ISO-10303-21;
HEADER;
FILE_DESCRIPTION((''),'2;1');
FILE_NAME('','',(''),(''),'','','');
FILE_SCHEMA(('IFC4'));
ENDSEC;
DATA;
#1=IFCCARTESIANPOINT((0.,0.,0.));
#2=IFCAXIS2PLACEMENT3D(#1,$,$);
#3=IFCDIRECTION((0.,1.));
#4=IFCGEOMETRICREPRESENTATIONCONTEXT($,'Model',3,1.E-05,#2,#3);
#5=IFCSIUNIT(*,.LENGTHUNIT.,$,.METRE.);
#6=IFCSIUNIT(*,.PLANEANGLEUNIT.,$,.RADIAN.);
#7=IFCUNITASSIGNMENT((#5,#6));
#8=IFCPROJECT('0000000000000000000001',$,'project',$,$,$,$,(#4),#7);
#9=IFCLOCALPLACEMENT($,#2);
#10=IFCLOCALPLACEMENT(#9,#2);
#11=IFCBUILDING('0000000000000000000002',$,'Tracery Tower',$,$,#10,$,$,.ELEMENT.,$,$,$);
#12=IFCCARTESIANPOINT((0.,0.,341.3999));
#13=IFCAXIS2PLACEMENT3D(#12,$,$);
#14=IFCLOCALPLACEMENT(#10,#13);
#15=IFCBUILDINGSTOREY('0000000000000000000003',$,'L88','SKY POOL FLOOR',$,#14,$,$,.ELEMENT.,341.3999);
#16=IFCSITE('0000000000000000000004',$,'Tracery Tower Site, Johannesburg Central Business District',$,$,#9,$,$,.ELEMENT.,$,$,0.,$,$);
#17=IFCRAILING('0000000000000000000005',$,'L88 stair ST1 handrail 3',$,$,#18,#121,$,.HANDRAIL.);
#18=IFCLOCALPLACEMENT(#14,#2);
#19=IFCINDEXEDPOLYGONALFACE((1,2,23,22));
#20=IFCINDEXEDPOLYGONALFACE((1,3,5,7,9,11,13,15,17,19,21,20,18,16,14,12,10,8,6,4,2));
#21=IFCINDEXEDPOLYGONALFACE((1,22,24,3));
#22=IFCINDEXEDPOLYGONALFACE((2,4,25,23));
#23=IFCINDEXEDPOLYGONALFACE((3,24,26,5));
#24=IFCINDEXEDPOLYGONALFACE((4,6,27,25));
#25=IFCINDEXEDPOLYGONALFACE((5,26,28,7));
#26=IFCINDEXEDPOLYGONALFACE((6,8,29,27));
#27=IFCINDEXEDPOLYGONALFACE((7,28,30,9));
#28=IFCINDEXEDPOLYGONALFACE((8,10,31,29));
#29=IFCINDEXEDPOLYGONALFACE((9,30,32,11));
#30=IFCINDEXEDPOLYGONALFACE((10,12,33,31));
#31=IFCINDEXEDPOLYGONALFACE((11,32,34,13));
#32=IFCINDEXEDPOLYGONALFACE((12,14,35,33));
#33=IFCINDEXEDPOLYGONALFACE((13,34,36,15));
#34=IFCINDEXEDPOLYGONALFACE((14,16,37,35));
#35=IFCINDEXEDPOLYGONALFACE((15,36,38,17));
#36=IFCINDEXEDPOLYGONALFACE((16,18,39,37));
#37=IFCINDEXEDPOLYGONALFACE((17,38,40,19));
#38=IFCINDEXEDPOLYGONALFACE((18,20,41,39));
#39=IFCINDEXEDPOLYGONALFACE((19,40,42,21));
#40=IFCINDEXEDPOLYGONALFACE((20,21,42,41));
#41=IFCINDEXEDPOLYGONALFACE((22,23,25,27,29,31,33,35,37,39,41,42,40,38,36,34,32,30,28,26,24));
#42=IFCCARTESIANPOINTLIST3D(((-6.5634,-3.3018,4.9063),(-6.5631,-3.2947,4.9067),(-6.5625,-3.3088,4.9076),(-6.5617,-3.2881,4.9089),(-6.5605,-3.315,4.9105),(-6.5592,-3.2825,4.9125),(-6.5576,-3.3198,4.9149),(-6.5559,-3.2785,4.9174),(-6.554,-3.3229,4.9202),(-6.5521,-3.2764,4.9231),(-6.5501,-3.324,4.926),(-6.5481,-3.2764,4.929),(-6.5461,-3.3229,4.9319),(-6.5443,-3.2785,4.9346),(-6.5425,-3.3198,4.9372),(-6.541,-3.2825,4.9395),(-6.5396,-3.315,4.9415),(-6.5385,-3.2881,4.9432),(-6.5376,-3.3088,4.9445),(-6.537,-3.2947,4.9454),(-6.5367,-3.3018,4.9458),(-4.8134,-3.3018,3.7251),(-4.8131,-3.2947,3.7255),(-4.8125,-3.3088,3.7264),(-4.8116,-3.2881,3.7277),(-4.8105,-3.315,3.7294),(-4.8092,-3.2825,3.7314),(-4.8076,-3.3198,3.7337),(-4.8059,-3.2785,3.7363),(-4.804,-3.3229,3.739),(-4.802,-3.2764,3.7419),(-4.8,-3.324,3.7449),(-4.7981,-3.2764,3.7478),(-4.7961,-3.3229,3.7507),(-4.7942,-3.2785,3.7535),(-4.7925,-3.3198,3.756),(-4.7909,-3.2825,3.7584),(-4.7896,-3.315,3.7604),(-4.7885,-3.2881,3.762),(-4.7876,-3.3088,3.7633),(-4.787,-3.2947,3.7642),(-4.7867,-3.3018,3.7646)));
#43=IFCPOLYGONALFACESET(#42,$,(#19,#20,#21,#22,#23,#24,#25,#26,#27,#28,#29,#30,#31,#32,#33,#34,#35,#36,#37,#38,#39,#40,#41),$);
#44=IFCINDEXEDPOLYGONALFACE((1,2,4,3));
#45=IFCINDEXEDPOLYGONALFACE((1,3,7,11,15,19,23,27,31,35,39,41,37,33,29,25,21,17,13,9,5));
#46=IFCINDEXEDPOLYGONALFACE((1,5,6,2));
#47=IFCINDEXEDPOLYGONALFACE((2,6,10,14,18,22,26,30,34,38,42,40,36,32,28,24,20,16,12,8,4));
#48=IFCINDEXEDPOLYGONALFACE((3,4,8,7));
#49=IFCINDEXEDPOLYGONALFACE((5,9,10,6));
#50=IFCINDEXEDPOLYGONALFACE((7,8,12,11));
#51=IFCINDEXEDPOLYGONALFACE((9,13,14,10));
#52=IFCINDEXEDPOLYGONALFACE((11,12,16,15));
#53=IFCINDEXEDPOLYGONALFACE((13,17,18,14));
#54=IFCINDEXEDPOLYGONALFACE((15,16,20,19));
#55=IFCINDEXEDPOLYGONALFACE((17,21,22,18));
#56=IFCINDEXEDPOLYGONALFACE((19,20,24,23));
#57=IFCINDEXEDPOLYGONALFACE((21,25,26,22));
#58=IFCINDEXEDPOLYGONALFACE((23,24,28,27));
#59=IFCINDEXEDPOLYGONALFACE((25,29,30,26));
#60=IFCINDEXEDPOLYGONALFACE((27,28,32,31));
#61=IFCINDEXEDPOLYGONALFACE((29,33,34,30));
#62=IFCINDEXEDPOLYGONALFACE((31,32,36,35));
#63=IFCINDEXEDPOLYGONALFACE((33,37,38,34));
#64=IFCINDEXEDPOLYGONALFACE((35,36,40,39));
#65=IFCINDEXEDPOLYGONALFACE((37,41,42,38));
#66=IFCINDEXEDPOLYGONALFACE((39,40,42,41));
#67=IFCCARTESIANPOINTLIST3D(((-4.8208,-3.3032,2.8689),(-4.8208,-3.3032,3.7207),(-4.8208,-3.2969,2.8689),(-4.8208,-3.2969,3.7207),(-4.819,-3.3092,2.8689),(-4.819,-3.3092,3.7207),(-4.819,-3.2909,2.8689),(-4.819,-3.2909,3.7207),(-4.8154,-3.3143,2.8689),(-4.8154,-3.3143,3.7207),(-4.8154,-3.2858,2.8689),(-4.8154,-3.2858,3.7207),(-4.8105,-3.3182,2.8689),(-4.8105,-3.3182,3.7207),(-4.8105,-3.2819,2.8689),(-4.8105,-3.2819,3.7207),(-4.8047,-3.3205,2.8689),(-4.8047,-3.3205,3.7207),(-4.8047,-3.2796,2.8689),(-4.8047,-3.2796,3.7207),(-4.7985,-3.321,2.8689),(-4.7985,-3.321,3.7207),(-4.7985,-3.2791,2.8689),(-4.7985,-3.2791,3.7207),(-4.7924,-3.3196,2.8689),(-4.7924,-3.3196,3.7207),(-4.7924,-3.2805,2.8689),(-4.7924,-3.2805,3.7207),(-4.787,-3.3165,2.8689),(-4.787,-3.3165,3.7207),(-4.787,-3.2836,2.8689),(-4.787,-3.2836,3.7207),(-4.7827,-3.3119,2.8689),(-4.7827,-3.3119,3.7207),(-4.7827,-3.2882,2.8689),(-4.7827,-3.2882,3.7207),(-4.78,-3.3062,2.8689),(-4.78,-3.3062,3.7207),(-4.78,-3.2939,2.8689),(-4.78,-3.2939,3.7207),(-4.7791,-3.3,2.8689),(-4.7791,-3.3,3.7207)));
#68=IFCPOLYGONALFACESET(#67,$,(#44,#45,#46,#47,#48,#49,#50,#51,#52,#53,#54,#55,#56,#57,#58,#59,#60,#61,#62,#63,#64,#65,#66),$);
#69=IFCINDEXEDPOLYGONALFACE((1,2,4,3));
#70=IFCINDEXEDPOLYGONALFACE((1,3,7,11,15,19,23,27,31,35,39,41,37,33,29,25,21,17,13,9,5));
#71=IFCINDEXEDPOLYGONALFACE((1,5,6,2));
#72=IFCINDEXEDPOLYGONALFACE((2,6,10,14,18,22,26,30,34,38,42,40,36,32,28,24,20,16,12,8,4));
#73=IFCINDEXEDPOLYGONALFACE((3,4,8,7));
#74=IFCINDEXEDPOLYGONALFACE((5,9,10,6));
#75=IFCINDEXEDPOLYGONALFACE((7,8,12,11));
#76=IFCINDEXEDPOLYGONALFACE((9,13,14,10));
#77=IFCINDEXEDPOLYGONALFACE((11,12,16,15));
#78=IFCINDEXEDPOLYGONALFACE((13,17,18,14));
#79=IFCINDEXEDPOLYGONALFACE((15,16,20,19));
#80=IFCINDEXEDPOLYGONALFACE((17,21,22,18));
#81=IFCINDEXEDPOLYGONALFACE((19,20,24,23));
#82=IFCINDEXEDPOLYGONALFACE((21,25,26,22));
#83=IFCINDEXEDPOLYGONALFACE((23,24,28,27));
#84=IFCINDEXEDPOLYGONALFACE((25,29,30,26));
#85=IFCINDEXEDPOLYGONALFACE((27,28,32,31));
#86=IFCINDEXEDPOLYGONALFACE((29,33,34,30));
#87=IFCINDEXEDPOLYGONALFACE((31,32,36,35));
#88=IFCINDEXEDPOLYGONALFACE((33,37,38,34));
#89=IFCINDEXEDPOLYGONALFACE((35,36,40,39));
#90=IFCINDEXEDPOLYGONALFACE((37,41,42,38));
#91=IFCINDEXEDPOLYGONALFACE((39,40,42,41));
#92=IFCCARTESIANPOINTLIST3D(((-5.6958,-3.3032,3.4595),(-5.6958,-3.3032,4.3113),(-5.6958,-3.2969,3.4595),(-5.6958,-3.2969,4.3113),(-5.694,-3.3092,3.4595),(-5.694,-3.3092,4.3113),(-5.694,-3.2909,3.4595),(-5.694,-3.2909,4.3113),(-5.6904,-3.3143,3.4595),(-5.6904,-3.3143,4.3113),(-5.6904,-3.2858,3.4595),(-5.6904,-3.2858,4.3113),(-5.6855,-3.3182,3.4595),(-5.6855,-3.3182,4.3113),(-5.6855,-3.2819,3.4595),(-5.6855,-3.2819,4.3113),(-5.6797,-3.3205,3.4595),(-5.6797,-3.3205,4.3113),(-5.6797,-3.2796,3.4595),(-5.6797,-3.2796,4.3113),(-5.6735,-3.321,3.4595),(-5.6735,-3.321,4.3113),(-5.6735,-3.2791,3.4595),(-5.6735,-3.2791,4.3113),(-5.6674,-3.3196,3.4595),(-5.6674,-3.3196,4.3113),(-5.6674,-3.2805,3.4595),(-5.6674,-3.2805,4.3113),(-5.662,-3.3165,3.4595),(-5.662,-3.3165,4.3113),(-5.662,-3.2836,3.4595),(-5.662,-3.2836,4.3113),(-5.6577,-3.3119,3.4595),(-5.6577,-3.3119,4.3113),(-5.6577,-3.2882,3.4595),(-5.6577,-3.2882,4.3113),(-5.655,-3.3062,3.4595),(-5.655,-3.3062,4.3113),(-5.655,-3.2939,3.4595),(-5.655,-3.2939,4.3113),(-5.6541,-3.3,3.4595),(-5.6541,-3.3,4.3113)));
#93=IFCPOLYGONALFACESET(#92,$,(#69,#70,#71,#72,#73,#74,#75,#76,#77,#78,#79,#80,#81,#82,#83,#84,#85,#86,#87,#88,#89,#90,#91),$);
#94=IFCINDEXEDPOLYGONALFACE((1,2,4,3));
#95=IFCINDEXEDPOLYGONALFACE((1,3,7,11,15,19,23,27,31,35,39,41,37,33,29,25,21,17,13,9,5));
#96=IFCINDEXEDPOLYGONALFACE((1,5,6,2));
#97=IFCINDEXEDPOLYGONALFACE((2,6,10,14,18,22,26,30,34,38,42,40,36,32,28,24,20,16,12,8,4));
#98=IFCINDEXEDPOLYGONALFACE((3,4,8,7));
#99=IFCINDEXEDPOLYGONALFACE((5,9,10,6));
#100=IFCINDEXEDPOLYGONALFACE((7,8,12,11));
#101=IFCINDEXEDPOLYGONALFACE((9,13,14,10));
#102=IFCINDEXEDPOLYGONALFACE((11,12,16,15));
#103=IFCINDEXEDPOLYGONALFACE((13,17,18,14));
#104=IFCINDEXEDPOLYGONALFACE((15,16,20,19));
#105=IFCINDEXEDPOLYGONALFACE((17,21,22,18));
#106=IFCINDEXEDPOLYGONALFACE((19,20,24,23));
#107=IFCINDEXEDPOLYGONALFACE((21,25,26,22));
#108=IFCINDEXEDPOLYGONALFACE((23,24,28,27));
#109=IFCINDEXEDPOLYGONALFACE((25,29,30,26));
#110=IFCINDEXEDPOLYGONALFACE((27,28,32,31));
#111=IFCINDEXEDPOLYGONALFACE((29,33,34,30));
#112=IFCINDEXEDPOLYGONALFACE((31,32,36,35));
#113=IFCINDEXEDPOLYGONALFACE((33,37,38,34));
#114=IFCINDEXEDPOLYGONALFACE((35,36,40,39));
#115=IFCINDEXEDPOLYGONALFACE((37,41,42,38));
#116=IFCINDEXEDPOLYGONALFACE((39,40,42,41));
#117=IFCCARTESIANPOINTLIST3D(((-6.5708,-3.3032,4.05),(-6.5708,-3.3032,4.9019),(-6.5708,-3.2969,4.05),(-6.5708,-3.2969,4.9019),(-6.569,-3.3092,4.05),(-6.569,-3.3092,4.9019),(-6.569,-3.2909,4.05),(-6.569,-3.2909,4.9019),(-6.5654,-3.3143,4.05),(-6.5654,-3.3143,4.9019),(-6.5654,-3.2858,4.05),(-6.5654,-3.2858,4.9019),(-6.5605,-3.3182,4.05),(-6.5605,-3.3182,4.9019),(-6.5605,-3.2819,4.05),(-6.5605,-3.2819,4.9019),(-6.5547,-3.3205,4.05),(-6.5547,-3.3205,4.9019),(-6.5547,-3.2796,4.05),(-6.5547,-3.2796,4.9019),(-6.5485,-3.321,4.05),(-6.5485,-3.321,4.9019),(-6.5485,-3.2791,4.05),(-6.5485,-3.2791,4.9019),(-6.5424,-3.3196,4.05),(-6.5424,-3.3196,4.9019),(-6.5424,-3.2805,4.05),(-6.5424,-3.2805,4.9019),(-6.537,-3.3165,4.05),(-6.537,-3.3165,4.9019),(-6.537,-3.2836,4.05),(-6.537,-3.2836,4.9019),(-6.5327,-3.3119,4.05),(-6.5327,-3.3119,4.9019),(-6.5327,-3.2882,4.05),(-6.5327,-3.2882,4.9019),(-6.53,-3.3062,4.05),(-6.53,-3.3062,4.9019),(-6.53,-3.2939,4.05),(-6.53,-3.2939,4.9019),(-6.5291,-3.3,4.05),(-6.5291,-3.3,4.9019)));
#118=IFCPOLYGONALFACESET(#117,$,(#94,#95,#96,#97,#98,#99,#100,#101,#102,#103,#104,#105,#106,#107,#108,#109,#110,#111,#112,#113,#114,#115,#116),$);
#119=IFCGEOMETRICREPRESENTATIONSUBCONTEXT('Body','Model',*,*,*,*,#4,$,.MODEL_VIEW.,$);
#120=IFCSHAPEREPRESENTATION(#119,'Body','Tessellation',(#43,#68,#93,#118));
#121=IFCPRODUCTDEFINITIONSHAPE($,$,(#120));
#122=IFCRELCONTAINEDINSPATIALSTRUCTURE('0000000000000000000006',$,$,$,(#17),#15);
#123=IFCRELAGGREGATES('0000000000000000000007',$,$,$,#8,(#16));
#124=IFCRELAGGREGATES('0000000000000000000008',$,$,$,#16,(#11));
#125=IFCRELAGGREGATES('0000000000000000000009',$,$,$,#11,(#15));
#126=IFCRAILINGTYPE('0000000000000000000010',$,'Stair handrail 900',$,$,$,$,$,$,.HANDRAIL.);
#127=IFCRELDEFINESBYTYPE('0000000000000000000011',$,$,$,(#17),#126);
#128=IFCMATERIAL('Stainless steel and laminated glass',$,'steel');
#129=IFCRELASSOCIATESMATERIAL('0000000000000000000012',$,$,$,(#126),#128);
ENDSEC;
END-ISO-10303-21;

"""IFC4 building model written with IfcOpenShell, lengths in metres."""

from ifc_helpers import new_model, si_unit, direction, frame, origin, origin_2d, place, context, subcontext, project, spatial, circle, extrude, material, type_object, element, save


model = new_model("IFC4")

# Units and contexts
model_context = context("Model", 3, precision=1e-05, world=origin(), true_north=direction((0.0, 1.0)))
body_context = subcontext(model_context, "Body", "Model", "MODEL_VIEW")
ifc_project = project(units=[si_unit("LENGTHUNIT", "METRE"), si_unit("PLANEANGLEUNIT", "RADIAN")], contexts=[model_context])

# Site, building, storey
site_placement = place(None, origin())
site = spatial("IfcSite", under=ifc_project, at=site_placement, Name="Tracery Tower Site, Johannesburg Central Business District", CompositionType="ELEMENT", RefElevation=0.0)
building_placement = place(site_placement, origin())
building = spatial("IfcBuilding", under=site, at=building_placement, Name="Tracery Tower", CompositionType="ELEMENT")
storey_placement = place(building_placement, frame((0.0, 0.0, 341.3999)))
storey = spatial("IfcBuildingStorey", under=building, at=storey_placement, Name="L88", Description="SKY POOL FLOOR", CompositionType="ELEMENT", Elevation=341.3999)

# Railing
ifc_material_1 = material(Name="Stainless steel and laminated glass", Category="steel")
railing_type_1 = type_object("IfcRailingType", Name="Stair handrail 900", PredefinedType="HANDRAIL", material=ifc_material_1)
railing_1_placement = place(storey_placement, frame((-4.8, -3.3, 2.8689)))
element("IfcRailing", 1, at=railing_1_placement, inside=storey, type_object=railing_type_1, Name="L88 stair ST1 handrail 3", PredefinedType="HANDRAIL", context=body_context, shape_type="SweptSolid", body=[
    extrude(circle(Radius=0.0239, at=origin_2d()), frame((0.0, 0.0, 0.876), z_axis=(-0.82887, 0.0, 0.559441), x_axis=(0.0, -1.0, 0.0)), (0.0, 0.0, 1.0), 2.1113),
    extrude(circle(Radius=0.021, at=origin_2d()), origin(), (0.0, 0.0, 1.0), 0.8518),
    extrude(circle(Radius=0.021, at=origin_2d()), frame((-0.875, 0.0, 0.5906)), (0.0, 0.0, 1.0), 0.8518),
    extrude(circle(Radius=0.021, at=origin_2d()), frame((-1.75, 0.0, 1.1812)), (0.0, 0.0, 1.0), 0.8518),
])

save(model, "model.ifc")
